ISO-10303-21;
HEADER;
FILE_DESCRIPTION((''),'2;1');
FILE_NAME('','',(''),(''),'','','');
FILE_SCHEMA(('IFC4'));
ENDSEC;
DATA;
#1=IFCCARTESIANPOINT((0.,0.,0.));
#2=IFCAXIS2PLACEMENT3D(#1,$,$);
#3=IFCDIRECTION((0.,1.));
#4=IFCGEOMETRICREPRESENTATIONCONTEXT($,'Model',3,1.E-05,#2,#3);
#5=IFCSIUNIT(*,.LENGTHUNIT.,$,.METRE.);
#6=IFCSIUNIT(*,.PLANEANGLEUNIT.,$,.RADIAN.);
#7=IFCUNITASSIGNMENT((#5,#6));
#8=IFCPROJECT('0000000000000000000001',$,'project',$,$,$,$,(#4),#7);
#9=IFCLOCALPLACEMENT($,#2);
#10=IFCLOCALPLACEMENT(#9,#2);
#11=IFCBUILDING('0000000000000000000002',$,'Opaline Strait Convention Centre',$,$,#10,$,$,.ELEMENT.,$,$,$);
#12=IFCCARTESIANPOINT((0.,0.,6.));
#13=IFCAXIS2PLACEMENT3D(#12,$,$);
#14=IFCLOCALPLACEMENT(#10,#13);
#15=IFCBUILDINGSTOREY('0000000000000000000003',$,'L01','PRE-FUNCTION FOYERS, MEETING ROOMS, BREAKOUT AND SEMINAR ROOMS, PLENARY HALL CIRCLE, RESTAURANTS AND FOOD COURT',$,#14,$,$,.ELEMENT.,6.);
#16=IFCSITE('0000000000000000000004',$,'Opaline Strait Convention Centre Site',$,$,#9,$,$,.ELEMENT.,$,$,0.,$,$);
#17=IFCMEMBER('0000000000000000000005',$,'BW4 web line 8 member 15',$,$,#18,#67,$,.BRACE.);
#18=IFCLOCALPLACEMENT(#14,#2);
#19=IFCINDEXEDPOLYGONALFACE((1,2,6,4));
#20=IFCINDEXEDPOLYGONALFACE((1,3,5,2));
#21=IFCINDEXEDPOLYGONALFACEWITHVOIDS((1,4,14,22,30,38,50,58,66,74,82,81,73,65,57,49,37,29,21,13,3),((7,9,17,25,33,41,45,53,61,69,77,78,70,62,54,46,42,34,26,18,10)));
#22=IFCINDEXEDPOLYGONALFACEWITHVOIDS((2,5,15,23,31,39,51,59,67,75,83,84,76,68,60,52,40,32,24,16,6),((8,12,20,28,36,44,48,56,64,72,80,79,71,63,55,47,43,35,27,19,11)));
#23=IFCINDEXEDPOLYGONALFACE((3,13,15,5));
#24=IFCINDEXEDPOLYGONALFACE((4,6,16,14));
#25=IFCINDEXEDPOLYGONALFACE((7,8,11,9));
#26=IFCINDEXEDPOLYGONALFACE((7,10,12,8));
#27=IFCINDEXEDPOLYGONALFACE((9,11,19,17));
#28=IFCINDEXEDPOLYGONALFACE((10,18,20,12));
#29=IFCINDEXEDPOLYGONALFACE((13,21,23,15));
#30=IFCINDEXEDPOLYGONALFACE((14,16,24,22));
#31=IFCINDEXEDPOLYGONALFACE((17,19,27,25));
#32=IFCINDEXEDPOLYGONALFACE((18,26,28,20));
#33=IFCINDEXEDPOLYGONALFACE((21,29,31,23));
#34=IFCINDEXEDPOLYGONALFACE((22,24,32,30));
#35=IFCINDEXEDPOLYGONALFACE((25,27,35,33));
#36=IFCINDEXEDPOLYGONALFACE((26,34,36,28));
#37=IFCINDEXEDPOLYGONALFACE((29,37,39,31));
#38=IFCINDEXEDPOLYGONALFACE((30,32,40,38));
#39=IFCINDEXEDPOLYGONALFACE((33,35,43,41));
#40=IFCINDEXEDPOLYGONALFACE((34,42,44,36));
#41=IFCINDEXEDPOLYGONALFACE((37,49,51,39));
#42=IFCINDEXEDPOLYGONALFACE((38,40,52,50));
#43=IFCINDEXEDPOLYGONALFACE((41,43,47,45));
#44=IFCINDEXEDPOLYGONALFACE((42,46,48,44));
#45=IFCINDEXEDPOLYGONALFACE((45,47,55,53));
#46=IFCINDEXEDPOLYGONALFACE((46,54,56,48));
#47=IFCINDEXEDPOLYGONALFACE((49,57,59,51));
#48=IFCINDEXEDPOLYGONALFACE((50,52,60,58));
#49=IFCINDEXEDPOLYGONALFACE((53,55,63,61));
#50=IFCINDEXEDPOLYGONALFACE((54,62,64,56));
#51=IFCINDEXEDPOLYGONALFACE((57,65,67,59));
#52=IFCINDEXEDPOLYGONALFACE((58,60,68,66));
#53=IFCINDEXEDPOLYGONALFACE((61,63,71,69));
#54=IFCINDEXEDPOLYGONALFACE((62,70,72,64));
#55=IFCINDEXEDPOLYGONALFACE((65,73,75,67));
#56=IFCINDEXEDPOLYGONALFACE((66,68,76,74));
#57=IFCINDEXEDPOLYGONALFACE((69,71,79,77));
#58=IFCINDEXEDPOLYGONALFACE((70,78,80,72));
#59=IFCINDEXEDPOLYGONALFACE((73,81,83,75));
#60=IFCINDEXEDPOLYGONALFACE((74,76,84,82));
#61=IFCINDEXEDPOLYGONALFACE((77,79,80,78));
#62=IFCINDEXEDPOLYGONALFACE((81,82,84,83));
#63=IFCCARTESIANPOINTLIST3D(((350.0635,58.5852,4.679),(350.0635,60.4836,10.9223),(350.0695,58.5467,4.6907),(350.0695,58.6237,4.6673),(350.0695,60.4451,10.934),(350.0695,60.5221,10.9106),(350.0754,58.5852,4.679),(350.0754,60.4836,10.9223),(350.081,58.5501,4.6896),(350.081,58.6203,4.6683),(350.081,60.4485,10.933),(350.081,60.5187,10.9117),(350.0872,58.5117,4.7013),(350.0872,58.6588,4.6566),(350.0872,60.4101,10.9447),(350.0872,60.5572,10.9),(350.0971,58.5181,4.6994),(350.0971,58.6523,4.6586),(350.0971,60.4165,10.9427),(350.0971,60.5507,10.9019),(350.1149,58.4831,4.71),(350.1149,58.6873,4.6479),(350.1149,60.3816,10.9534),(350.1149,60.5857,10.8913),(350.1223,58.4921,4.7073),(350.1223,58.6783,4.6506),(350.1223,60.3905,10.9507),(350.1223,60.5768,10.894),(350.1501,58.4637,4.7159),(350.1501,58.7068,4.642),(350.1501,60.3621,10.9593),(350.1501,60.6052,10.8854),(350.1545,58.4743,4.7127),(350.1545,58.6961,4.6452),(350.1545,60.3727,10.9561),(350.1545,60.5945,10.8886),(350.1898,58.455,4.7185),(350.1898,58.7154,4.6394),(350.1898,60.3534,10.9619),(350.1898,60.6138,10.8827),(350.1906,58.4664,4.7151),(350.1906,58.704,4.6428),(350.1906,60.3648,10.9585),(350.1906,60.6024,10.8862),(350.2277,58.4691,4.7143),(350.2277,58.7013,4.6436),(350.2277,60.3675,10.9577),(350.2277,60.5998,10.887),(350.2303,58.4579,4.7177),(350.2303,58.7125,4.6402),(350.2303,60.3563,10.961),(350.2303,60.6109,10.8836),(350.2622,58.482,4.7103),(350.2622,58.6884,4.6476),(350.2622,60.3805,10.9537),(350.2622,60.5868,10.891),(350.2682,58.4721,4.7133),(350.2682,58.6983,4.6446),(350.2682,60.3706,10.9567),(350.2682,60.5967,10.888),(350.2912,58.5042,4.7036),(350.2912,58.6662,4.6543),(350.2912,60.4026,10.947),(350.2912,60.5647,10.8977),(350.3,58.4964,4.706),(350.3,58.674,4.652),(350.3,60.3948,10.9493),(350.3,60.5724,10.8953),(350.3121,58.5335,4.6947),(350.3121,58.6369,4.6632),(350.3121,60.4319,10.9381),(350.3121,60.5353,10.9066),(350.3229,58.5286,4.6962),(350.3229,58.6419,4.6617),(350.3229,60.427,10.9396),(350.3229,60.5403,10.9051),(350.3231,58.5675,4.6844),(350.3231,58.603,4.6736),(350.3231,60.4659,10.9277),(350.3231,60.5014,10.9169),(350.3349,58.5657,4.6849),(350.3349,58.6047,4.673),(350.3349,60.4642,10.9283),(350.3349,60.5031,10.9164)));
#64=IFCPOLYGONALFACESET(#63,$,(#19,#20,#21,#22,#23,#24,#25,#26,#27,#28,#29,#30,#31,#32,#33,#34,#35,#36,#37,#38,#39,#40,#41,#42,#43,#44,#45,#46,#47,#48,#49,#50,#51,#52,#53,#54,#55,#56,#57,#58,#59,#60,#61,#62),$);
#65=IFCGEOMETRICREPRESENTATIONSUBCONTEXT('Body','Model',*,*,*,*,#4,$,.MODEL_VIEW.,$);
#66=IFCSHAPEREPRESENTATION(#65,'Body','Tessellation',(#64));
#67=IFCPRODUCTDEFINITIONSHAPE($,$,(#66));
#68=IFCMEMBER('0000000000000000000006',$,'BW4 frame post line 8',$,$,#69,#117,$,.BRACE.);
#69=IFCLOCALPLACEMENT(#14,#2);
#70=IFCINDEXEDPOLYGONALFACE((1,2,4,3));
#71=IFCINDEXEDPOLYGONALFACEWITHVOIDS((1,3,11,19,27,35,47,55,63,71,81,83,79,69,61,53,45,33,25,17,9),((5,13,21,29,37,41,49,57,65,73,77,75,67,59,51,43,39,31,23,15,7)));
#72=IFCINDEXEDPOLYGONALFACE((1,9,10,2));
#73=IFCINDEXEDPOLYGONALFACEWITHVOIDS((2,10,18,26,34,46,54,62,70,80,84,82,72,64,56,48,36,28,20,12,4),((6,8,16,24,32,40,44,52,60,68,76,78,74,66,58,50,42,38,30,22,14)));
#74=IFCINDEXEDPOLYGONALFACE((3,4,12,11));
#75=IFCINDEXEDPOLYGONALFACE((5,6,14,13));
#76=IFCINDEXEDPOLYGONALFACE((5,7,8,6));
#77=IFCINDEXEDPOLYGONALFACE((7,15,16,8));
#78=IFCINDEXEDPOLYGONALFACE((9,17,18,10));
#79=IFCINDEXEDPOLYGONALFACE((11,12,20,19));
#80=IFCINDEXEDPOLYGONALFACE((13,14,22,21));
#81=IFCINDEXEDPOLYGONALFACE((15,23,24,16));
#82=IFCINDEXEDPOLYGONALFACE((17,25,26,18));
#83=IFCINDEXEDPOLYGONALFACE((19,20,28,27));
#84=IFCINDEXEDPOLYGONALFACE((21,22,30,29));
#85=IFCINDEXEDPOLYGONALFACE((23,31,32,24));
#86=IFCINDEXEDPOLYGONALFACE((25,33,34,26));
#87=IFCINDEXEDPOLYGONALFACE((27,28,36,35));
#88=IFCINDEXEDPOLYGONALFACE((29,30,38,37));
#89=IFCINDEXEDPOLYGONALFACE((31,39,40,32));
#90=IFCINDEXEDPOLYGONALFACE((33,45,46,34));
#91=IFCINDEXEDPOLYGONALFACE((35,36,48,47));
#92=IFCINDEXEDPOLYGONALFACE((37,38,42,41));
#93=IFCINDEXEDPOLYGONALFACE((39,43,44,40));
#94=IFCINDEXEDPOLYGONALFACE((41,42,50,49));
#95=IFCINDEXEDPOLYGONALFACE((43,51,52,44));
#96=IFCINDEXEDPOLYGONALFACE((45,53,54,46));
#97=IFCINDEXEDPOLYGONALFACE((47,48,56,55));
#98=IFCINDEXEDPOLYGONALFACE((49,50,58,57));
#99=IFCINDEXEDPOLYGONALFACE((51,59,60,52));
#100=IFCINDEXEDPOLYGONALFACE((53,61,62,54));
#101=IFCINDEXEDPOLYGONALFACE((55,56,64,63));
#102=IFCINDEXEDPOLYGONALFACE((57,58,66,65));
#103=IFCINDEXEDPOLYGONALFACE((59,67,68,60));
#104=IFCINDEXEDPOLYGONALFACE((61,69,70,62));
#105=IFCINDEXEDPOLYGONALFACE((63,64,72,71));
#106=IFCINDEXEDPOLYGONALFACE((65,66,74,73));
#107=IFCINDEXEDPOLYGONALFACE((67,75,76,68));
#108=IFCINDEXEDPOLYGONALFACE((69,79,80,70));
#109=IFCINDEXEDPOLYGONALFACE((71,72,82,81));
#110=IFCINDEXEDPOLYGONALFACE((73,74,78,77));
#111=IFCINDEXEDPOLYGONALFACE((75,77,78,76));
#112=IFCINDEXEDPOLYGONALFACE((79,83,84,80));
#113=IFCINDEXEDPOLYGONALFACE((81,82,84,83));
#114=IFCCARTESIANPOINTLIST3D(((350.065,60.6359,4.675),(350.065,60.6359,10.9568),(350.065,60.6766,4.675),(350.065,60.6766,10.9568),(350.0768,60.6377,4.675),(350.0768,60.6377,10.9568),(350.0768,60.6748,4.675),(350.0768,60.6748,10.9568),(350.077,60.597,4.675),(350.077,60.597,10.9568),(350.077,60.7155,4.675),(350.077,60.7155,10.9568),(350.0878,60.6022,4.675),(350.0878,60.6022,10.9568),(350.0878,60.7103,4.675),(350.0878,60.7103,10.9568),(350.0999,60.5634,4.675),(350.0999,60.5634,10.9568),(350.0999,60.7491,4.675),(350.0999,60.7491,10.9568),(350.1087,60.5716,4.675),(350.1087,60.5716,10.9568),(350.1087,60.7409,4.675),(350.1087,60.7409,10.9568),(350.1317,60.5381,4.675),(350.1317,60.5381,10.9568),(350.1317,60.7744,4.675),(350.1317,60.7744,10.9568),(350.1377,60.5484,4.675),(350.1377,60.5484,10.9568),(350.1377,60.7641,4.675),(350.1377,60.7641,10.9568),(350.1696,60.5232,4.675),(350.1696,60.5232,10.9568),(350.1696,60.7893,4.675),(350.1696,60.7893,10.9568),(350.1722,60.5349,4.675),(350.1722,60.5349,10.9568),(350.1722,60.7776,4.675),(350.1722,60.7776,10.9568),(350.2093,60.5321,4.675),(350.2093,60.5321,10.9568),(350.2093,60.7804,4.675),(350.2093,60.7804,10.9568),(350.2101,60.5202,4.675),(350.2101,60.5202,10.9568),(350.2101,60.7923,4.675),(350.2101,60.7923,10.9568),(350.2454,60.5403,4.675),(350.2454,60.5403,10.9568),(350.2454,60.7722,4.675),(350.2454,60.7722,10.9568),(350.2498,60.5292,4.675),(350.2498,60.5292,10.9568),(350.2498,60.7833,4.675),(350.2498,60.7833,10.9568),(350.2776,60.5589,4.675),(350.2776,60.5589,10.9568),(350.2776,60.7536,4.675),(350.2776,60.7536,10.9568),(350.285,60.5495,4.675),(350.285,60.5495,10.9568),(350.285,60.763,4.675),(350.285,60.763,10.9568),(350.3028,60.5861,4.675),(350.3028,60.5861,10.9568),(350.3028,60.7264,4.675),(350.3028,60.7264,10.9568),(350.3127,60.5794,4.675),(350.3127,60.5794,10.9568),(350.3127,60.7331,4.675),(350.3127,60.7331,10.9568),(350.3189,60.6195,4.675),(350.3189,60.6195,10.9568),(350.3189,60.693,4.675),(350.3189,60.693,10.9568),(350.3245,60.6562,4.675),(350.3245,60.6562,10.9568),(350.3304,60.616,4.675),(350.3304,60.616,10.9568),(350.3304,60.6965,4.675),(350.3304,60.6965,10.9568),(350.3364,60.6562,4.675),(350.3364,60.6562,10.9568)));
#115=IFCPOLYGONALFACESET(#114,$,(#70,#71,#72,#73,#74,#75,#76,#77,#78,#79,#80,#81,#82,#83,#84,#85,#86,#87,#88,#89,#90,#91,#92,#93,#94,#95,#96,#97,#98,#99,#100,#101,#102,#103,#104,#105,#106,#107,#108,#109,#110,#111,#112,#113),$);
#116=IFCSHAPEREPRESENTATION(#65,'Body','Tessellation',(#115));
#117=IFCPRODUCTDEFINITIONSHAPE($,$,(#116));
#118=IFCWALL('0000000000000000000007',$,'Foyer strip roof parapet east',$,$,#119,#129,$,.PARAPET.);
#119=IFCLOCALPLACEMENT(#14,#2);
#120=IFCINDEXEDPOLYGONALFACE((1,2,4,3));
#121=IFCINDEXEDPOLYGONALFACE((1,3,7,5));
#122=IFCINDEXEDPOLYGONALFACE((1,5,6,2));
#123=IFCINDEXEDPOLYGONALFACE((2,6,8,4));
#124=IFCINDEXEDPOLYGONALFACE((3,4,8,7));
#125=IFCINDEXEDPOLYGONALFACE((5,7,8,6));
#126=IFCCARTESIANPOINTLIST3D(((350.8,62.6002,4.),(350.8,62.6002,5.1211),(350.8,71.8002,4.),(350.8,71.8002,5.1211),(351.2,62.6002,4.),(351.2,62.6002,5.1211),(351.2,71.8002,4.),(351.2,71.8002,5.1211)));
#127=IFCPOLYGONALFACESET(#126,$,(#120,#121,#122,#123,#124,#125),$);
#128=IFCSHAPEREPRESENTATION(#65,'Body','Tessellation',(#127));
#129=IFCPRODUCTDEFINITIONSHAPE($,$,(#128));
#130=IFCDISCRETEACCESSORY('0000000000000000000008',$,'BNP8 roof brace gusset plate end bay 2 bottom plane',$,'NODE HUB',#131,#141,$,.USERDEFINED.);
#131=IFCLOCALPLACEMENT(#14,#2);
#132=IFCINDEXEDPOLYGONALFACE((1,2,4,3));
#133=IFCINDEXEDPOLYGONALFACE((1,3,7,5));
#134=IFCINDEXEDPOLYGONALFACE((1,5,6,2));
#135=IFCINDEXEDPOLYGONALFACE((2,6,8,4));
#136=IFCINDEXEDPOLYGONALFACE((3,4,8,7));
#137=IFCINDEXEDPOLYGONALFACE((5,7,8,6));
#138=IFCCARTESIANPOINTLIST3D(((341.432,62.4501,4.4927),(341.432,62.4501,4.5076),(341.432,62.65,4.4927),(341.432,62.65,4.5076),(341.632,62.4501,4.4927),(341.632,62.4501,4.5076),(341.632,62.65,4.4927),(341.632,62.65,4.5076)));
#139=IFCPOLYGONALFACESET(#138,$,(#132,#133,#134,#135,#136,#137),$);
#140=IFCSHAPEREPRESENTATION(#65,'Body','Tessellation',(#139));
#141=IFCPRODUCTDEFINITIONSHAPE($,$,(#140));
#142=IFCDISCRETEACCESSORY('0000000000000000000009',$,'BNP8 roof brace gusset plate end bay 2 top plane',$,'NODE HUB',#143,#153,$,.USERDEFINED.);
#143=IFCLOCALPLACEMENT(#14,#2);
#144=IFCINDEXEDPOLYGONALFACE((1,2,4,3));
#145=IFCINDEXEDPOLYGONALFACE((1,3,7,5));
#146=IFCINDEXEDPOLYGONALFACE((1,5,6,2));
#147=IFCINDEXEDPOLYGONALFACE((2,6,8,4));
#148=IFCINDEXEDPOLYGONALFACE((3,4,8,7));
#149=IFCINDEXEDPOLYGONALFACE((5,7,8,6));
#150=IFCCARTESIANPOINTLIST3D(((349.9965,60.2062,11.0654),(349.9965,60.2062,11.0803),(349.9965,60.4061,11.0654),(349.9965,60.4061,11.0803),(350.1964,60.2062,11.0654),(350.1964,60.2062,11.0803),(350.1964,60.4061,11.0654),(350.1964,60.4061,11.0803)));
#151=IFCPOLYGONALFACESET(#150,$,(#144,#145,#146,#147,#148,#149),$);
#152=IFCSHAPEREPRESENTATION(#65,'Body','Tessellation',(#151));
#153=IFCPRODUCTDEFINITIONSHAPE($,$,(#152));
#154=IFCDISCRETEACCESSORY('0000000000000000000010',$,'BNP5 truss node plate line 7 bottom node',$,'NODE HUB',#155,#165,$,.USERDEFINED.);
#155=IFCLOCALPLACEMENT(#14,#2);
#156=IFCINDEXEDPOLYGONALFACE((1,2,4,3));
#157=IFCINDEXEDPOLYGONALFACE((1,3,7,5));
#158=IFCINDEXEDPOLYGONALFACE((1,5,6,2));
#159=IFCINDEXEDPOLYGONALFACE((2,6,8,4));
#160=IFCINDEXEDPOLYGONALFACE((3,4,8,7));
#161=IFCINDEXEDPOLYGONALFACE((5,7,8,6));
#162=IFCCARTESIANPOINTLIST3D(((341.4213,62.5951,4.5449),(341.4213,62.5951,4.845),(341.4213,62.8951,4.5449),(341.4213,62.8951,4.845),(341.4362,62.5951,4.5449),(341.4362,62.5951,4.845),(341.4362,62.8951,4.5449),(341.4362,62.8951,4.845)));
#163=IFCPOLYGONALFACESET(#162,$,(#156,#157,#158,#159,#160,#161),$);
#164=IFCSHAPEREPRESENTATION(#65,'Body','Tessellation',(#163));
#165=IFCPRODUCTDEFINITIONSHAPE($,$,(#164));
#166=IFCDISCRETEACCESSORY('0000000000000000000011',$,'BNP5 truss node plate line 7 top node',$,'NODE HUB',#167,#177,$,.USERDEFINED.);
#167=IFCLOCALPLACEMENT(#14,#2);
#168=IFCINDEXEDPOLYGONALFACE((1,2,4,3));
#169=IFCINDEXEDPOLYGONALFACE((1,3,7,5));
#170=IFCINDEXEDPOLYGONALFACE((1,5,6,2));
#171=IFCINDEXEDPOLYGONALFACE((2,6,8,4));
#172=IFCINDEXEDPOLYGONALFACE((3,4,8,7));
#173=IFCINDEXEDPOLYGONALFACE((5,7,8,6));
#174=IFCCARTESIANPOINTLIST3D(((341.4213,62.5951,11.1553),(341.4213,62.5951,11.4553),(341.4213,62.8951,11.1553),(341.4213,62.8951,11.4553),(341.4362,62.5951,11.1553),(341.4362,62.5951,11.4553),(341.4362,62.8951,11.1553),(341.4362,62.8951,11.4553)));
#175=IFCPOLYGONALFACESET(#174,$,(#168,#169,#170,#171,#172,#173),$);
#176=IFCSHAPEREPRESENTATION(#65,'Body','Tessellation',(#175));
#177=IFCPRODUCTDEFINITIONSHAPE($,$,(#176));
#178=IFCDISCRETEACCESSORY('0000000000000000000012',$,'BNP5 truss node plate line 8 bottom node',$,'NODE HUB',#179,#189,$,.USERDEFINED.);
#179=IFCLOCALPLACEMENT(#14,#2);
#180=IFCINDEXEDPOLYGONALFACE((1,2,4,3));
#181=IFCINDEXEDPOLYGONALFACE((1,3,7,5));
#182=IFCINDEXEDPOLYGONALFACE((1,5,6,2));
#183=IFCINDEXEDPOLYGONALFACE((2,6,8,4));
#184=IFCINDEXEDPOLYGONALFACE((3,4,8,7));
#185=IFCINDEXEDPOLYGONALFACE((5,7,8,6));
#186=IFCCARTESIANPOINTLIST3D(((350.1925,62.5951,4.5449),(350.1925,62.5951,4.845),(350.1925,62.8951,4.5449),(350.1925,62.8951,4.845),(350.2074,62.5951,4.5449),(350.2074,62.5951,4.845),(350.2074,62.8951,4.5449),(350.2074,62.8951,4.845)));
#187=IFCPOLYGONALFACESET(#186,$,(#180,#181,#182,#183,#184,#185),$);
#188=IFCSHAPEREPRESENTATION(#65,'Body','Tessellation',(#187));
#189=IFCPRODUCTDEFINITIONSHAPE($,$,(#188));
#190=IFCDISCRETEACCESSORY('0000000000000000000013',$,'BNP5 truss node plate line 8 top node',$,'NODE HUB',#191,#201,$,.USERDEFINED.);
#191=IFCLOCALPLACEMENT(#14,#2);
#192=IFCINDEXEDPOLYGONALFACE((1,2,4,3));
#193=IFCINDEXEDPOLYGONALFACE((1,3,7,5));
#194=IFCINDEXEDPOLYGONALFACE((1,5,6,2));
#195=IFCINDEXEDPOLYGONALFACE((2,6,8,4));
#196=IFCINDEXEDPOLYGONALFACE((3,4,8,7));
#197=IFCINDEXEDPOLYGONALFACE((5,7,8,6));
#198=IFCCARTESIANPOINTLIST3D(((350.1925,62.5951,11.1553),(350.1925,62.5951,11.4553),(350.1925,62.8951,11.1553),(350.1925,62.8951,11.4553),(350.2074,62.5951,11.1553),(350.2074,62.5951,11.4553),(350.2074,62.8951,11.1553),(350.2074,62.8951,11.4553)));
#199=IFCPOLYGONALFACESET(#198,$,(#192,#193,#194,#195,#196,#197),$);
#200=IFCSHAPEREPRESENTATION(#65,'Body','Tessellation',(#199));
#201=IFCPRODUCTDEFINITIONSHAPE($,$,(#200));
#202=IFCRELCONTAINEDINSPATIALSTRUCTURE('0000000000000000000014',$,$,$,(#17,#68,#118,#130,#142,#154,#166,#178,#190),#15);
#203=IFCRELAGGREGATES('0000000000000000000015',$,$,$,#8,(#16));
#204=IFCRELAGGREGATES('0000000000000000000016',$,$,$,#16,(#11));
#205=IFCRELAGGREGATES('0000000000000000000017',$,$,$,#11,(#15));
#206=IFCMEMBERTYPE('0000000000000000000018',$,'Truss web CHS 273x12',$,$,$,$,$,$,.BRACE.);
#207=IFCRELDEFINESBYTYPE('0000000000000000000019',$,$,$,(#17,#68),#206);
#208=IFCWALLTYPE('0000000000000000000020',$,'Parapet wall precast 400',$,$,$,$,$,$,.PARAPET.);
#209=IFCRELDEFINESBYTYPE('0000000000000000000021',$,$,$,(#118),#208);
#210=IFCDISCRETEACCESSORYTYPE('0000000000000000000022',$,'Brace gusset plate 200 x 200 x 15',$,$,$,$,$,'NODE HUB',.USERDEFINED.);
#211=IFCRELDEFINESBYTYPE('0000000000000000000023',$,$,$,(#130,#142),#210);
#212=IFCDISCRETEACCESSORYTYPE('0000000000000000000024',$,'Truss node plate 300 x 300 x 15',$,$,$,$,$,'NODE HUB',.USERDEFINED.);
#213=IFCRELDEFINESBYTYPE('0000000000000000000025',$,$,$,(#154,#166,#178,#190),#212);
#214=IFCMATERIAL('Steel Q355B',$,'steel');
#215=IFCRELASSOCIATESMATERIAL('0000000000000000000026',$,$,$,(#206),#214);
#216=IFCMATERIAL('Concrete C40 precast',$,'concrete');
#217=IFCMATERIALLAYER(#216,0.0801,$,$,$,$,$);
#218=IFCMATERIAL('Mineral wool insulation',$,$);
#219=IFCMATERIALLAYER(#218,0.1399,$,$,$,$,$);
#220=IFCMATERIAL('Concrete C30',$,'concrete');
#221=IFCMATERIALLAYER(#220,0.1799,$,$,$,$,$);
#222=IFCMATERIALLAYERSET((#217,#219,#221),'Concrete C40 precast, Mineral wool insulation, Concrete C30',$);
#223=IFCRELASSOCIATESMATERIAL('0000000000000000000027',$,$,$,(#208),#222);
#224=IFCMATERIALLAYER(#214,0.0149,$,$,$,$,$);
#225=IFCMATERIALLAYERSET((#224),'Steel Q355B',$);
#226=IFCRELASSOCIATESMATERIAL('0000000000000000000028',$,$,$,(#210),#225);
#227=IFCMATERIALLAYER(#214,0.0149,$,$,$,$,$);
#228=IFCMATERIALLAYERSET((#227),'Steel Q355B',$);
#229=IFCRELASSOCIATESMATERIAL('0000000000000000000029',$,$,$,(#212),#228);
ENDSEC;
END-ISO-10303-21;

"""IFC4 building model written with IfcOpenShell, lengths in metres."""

from ifc_helpers import new_model, si_unit, direction, frame, frame_2d, origin, origin_2d, place, context, subcontext, project, spatial, rectangle, hollow_circle, extrude, material, layer, layer_set, material_profile, profile_set, type_object, element, save


model = new_model("IFC4")

# Units and contexts
model_context = context("Model", 3, precision=1e-05, world=origin(), true_north=direction((0.0, 1.0)))
body_context = subcontext(model_context, "Body", "Model", "MODEL_VIEW")
ifc_project = project(units=[si_unit("LENGTHUNIT", "METRE"), si_unit("PLANEANGLEUNIT", "RADIAN")], contexts=[model_context])

# Site, building, storey
site_placement = place(None, origin())
site = spatial("IfcSite", under=ifc_project, at=site_placement, Name="Opaline Strait Convention Centre Site", CompositionType="ELEMENT", RefElevation=0.0)
building_placement = place(site_placement, origin())
building = spatial("IfcBuilding", under=site, at=building_placement, Name="Opaline Strait Convention Centre", CompositionType="ELEMENT")
storey_placement = place(building_placement, frame((0.0, 0.0, 6.0)))
storey = spatial("IfcBuildingStorey", under=building, at=storey_placement, Name="L01", Description="PRE-FUNCTION FOYERS, MEETING ROOMS, BREAKOUT AND SEMINAR ROOMS, PLENARY HALL CIRCLE, RESTAURANTS AND FOOD COURT", CompositionType="ELEMENT", Elevation=6.0)

# Members
ifc_material_1 = material(Name="Steel Q355B", Category="steel")
ifc_material_profile_1 = material_profile(ifc_material_1, hollow_circle(Radius=0.1365, WallThickness=0.012, at=origin_2d()), Name="CHS 273x12")
ifc_profile_set_1 = profile_set([ifc_material_profile_1], Name="Steel Q355B")
member_type_1 = type_object("IfcMemberType", Name="Truss web CHS 273x12", PredefinedType="BRACE", material=ifc_profile_set_1)
member_1_placement = place(storey_placement, frame((350.2, 58.5852, 4.679), z_axis=(0.0, 0.290919, 0.956748), x_axis=(-1.0, 0.0, 0.0)))
element("IfcMember", 1, at=member_1_placement, inside=storey, type_object=member_type_1, Name="BW4 web line 8 member 15", PredefinedType="BRACE", context=body_context, shape_type="SweptSolid", body=[
    extrude(hollow_circle(Radius=0.1365, WallThickness=0.012, at=origin_2d()), origin(), (0.0, 0.0, 1.0), 6.5256),
])
member_2_placement = place(storey_placement, frame((350.2, 60.6562, 4.675), z_axis=(0.0, 0.0, 1.0), x_axis=(1.0, 0.0, 0.0)))
element("IfcMember", 2, at=member_2_placement, inside=storey, type_object=member_type_1, Name="BW4 frame post line 8", PredefinedType="BRACE", context=body_context, shape_type="SweptSolid", body=[
    extrude(hollow_circle(Radius=0.1365, WallThickness=0.012, at=origin_2d()), origin(), (0.0, 0.0, 1.0), 6.2817),
])

# Wall
ifc_material_2 = material(Name="Concrete C40 precast", Category="concrete")
ifc_layer_1 = layer(ifc_material_2, 0.0801)
ifc_material_3 = material(Name="Mineral wool insulation")
ifc_layer_2 = layer(ifc_material_3, 0.1399)
ifc_material_4 = material(Name="Concrete C30", Category="concrete")
ifc_layer_3 = layer(ifc_material_4, 0.1799)
ifc_layer_set_1 = layer_set([ifc_layer_1, ifc_layer_2, ifc_layer_3], Name="Concrete C40 precast, Mineral wool insulation, Concrete C30")
wall_type = type_object("IfcWallType", Name="Parapet wall precast 400", PredefinedType="PARAPET", material=ifc_layer_set_1)
wall_placement = place(storey_placement, frame((351.0, 62.6001, 4.0), z_axis=(0.0, 0.0, 1.0), x_axis=(0.0, 1.0, 0.0)))
element("IfcWall", 3, at=wall_placement, inside=storey, type_object=wall_type, Name="Foyer strip roof parapet east", PredefinedType="PARAPET", context=body_context, shape_type="SweptSolid", body=[
    extrude(rectangle(XDim=9.2, YDim=0.3999, at=frame_2d((4.6001, 0.0))), origin(), (0.0, 0.0, 1.0), 1.1211),
])

# Discrete accessories
ifc_layer_4 = layer(ifc_material_1, 0.0149)
ifc_layer_set_2 = layer_set([ifc_layer_4], Name="Steel Q355B")
discrete_accessory_type_1 = type_object("IfcDiscreteAccessoryType", Name="Brace gusset plate 200 x 200 x 15", ElementType="NODE HUB", PredefinedType="USERDEFINED", material=ifc_layer_set_2)
for number, where, z_axis, x_axis, name in (
    (4, (341.532, 62.55, 4.4927), (0.0, 0.0, 1.0), (1.0, 0.0, 0.0), "BNP8 roof brace gusset plate end bay 2 bottom plane"),
    (5, (350.0964, 60.3062, 11.0654), (0.0, 0.0, 1.0), (1.0, 0.0, 0.0), "BNP8 roof brace gusset plate end bay 2 top plane"),
):
    element("IfcDiscreteAccessory", number, at=place(storey_placement, frame(where, z_axis=z_axis, x_axis=x_axis)), inside=storey, type_object=discrete_accessory_type_1, Name=name, ObjectType="NODE HUB", PredefinedType="USERDEFINED", context=body_context, shape_type="SweptSolid", body=[
        extrude(rectangle(XDim=0.2, YDim=0.2, at=origin_2d()), origin(), (0.0, 0.0, 1.0), 0.0149),
    ])
ifc_layer_5 = layer(ifc_material_1, 0.0149)
ifc_layer_set_3 = layer_set([ifc_layer_5], Name="Steel Q355B")
discrete_accessory_type_2 = type_object("IfcDiscreteAccessoryType", Name="Truss node plate 300 x 300 x 15", ElementType="NODE HUB", PredefinedType="USERDEFINED", material=ifc_layer_set_3)
for number, where, z_axis, x_axis, name in (
    (6, (341.4287, 62.7451, 4.5449), (0.0, 0.0, 1.0), (1.0, 0.0, 0.0), "BNP5 truss node plate line 7 bottom node"),
    (7, (341.4287, 62.7451, 11.1553), (0.0, 0.0, 1.0), (1.0, 0.0, 0.0), "BNP5 truss node plate line 7 top node"),
    (8, (350.2, 62.7451, 4.5449), (0.0, 0.0, 1.0), (1.0, 0.0, 0.0), "BNP5 truss node plate line 8 bottom node"),
    (9, (350.2, 62.7451, 11.1553), (0.0, 0.0, 1.0), (1.0, 0.0, 0.0), "BNP5 truss node plate line 8 top node"),
):
    element("IfcDiscreteAccessory", number, at=place(storey_placement, frame(where, z_axis=z_axis, x_axis=x_axis)), inside=storey, type_object=discrete_accessory_type_2, Name=name, ObjectType="NODE HUB", PredefinedType="USERDEFINED", context=body_context, shape_type="SweptSolid", body=[
        extrude(rectangle(XDim=0.0149, YDim=0.3, at=origin_2d()), origin(), (0.0, 0.0, 1.0), 0.3),
    ])

save(model, "model.ifc")
